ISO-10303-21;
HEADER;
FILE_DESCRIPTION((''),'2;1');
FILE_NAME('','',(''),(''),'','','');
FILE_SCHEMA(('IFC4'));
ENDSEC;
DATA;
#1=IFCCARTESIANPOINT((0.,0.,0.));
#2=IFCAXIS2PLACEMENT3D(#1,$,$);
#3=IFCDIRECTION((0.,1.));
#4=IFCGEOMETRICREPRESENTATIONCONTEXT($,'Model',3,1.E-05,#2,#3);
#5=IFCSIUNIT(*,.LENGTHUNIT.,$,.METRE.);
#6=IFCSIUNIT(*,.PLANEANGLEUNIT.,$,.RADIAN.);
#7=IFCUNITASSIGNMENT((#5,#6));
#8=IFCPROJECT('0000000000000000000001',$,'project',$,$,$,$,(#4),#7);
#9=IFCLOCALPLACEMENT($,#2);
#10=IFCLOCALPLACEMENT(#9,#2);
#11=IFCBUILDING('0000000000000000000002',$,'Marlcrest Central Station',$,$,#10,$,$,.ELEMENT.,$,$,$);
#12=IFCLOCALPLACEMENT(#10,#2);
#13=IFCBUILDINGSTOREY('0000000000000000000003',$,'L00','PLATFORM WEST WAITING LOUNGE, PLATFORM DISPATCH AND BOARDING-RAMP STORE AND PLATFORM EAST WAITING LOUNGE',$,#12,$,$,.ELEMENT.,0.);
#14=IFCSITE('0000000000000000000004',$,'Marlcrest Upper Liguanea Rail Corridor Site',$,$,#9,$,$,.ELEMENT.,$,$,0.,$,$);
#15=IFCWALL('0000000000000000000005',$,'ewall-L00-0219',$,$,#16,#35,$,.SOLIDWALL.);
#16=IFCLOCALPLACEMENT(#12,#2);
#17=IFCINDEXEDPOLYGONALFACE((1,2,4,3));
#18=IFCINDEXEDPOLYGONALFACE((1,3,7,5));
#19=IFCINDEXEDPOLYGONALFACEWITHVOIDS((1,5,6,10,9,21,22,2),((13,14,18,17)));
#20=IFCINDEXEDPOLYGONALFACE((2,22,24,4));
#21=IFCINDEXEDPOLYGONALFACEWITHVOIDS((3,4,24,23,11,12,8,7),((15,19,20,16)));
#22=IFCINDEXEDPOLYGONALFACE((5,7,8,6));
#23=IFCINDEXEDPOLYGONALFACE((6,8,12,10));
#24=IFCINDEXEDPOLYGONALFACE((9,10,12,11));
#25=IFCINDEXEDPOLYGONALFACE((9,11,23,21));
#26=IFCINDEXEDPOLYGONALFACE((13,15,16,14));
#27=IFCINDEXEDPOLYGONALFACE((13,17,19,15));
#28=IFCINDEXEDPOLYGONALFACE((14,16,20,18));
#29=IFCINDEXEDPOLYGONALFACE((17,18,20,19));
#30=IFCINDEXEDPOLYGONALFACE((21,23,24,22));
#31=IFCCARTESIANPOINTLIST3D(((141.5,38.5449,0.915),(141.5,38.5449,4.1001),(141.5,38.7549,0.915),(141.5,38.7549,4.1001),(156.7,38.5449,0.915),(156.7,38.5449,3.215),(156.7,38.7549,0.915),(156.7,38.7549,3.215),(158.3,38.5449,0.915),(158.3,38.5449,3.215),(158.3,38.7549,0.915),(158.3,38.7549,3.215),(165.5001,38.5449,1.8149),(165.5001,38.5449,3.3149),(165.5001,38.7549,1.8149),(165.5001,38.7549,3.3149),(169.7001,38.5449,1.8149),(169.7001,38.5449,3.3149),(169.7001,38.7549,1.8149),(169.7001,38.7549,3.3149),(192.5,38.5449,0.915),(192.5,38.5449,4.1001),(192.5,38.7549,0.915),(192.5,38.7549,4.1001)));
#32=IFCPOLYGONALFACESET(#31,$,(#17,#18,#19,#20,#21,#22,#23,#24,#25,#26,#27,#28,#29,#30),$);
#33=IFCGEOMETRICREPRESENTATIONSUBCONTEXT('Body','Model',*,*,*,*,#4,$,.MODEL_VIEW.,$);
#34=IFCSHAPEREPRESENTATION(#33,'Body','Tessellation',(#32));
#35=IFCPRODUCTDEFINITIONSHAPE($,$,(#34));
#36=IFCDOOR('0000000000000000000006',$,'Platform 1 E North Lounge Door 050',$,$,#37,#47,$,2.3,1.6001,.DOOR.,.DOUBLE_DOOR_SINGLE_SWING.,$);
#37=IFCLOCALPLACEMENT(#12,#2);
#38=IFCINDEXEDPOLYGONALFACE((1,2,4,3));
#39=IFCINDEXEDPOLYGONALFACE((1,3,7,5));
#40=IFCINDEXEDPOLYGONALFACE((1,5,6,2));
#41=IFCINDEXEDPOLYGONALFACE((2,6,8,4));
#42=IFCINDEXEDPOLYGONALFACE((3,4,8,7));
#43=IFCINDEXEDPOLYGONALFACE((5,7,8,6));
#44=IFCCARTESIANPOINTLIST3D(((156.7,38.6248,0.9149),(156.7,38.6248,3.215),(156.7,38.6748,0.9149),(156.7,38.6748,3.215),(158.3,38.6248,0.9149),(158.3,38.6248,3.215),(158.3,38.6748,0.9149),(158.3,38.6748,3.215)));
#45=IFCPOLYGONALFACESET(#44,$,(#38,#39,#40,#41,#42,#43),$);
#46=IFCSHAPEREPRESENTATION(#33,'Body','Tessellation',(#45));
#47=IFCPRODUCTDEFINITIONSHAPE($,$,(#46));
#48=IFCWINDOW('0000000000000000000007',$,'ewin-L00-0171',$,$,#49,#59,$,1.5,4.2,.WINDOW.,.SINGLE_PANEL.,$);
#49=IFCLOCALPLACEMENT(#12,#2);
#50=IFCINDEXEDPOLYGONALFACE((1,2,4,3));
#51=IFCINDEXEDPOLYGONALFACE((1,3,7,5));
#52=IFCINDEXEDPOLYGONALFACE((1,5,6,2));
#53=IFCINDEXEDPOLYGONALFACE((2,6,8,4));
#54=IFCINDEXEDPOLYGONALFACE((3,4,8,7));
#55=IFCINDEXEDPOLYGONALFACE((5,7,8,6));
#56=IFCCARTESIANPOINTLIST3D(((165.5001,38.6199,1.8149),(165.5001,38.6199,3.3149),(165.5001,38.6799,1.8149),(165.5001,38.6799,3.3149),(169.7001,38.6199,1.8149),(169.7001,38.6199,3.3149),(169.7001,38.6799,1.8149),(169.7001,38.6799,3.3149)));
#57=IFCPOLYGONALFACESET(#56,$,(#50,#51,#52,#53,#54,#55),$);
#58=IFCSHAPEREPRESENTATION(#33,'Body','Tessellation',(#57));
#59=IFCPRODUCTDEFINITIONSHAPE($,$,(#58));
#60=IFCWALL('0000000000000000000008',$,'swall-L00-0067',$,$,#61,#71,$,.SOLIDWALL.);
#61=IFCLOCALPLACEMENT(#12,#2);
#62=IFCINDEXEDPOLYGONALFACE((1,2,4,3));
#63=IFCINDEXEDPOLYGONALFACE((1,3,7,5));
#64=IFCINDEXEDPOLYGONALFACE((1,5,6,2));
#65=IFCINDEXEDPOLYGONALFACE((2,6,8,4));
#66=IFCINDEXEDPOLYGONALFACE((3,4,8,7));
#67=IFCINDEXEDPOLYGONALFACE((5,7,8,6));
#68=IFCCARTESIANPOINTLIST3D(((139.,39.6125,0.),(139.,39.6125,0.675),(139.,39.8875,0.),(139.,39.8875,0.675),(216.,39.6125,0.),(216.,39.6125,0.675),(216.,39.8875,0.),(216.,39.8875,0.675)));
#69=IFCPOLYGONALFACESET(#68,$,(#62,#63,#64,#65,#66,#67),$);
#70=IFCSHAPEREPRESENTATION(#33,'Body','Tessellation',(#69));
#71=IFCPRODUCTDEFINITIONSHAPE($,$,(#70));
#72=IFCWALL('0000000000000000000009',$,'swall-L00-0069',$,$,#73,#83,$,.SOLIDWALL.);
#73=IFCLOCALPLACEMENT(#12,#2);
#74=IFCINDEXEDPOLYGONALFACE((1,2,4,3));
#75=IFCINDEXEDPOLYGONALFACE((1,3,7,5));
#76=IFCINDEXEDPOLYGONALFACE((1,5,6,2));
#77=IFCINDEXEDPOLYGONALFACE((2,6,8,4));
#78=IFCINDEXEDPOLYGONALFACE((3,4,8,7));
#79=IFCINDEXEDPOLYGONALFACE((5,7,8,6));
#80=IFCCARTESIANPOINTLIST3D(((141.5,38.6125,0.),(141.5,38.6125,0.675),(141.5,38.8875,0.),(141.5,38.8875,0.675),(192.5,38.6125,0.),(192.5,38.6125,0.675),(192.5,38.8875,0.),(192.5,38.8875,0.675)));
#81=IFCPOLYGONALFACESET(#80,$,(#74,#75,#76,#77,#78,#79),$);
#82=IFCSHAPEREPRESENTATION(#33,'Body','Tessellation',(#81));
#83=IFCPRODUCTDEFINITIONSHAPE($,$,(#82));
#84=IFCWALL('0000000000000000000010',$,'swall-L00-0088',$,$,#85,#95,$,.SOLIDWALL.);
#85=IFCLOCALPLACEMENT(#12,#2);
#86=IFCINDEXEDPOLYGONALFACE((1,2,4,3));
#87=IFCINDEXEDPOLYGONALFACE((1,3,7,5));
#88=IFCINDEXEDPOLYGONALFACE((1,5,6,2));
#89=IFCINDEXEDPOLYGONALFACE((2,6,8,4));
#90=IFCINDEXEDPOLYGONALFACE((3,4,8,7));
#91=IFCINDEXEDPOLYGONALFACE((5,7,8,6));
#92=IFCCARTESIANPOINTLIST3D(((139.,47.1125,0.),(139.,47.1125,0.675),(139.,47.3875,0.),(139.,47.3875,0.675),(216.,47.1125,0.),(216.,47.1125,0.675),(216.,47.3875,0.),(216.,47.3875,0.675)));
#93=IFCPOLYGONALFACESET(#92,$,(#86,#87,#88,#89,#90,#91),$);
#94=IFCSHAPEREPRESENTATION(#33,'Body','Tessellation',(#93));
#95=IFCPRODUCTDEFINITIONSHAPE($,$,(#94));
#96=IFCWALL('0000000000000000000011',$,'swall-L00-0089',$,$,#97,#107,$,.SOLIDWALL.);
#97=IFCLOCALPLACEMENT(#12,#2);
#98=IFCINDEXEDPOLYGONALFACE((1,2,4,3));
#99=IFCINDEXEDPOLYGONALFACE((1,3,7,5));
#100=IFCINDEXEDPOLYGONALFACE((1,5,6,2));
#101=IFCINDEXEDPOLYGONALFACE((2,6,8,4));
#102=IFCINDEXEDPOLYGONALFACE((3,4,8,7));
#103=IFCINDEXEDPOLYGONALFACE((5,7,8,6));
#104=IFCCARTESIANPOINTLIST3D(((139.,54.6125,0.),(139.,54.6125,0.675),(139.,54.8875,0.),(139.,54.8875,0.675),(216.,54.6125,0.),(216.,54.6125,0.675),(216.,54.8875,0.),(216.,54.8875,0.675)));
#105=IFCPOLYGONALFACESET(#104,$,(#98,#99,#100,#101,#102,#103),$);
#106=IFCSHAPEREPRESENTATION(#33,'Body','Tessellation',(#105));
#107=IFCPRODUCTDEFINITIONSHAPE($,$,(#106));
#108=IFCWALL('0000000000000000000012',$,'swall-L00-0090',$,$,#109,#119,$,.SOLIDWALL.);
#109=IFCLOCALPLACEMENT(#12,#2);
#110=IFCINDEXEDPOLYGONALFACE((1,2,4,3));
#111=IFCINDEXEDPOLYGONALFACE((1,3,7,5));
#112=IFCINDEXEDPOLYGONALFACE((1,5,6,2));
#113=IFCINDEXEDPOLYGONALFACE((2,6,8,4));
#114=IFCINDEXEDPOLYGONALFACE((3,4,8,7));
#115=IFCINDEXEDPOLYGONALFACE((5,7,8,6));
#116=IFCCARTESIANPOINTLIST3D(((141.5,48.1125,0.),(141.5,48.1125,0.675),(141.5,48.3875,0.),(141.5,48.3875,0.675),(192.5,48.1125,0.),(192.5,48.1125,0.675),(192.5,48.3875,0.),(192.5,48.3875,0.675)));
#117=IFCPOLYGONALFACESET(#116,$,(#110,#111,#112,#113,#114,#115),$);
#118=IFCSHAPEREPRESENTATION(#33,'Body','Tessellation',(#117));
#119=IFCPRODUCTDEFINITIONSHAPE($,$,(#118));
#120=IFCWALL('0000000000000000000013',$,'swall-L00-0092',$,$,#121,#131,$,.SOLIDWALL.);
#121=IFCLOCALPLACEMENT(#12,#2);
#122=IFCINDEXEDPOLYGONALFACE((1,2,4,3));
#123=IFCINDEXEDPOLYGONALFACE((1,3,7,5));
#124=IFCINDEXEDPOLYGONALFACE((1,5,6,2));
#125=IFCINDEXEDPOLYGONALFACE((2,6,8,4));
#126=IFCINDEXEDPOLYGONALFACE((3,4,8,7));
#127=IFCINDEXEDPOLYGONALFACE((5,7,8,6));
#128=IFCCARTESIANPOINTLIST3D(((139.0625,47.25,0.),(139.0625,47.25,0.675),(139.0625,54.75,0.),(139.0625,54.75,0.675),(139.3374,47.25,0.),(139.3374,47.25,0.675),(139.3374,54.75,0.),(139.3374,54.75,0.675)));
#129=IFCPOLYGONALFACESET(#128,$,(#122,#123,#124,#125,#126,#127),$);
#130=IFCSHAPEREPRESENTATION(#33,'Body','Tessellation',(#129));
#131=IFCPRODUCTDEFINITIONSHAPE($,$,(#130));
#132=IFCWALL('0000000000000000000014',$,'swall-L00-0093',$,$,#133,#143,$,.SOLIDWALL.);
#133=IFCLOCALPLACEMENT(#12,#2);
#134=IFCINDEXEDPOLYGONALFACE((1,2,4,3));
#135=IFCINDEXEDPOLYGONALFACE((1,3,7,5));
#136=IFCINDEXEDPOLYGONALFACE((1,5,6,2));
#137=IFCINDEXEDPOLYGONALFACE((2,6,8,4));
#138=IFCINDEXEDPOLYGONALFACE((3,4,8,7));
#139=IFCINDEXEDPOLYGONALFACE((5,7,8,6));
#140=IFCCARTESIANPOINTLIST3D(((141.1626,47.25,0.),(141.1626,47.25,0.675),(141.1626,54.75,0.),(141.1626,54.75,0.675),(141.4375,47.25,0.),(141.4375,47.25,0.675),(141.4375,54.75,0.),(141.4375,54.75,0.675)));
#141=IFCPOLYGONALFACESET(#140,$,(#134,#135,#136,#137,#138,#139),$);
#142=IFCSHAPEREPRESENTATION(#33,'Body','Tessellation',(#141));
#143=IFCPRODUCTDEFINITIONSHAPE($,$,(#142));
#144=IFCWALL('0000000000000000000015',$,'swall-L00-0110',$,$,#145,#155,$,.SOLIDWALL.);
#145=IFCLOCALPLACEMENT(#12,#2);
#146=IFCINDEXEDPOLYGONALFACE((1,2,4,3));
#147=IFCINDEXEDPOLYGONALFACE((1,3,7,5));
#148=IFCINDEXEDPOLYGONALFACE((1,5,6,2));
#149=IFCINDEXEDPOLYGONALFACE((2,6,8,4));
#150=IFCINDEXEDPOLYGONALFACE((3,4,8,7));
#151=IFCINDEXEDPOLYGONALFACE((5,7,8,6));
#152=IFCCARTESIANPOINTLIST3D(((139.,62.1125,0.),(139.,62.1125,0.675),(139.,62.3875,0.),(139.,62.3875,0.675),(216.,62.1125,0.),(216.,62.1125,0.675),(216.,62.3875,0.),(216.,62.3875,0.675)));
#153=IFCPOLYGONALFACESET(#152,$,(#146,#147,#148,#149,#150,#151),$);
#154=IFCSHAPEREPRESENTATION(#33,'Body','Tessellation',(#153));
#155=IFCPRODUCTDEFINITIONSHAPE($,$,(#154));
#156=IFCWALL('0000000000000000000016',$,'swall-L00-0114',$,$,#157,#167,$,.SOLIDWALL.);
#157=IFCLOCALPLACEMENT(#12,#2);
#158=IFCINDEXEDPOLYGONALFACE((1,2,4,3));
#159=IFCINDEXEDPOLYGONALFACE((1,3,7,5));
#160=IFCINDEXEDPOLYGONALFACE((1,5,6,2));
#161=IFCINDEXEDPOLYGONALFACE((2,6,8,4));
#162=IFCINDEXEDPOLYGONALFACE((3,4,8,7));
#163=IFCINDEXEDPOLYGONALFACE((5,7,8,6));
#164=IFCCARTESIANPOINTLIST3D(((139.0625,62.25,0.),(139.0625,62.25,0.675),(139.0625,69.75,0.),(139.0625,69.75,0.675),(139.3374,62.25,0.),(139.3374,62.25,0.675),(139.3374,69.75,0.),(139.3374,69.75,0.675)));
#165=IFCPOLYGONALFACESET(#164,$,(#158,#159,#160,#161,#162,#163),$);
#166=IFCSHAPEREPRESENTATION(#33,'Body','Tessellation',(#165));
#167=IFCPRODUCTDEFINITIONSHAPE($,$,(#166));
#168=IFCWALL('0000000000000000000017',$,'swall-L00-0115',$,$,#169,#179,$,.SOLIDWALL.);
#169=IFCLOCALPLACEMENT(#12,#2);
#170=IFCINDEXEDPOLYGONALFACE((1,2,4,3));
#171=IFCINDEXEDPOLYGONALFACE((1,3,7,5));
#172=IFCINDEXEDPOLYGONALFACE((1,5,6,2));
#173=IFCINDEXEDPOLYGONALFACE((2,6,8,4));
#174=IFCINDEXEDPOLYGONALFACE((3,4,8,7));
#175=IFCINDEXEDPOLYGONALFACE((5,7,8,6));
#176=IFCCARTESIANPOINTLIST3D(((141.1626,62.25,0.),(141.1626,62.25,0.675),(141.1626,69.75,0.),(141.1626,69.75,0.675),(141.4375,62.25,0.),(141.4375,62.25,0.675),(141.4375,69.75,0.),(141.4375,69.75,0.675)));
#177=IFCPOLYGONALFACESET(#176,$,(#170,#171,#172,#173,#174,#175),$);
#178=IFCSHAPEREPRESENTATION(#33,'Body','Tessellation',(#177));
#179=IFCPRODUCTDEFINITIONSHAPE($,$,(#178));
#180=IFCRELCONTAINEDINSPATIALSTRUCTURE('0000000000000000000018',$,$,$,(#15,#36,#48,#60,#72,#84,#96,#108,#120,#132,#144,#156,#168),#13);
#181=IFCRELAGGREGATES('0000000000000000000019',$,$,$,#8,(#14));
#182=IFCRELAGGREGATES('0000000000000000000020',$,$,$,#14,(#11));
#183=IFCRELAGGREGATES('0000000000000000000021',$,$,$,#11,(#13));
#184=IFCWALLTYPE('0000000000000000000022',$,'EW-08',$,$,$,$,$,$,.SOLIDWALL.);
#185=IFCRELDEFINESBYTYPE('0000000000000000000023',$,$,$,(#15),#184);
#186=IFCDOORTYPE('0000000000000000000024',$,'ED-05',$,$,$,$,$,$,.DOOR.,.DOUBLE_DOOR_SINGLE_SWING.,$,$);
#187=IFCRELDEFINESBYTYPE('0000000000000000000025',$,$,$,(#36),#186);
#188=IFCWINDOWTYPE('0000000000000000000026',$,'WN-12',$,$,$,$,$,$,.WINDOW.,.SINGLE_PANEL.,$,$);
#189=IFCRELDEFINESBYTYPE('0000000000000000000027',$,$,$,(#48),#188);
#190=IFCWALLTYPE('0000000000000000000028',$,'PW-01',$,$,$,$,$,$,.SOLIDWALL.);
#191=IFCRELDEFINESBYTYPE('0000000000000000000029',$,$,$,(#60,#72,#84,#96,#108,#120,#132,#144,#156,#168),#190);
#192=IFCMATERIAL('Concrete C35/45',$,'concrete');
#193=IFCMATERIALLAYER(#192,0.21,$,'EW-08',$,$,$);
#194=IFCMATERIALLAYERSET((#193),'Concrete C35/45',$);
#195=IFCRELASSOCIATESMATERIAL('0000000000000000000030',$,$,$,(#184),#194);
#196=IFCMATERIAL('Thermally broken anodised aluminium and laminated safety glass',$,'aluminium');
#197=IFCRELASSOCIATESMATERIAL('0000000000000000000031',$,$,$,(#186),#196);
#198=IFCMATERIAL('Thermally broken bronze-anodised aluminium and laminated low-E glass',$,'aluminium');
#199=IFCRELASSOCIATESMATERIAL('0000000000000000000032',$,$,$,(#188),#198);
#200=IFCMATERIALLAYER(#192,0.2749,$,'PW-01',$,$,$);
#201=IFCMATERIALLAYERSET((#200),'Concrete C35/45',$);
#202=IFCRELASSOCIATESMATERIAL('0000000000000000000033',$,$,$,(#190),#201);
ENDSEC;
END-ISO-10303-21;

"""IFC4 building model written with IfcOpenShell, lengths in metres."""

from ifc_helpers import new_model, si_unit, direction, frame, frame_2d, origin, place, context, subcontext, project, spatial, rectangle, extrude, material, layer, layer_set, type_object, element, fill, save


model = new_model("IFC4")

# Units and contexts
model_context = context("Model", 3, precision=1e-05, world=origin(), true_north=direction((0.0, 1.0)))
body_context = subcontext(model_context, "Body", "Model", "MODEL_VIEW")
ifc_project = project(units=[si_unit("LENGTHUNIT", "METRE"), si_unit("PLANEANGLEUNIT", "RADIAN")], contexts=[model_context])

# Site, building, storey
site_placement = place(None, origin())
site = spatial("IfcSite", under=ifc_project, at=site_placement, Name="Marlcrest Upper Liguanea Rail Corridor Site", CompositionType="ELEMENT", RefElevation=0.0)
building_placement = place(site_placement, origin())
building = spatial("IfcBuilding", under=site, at=building_placement, Name="Marlcrest Central Station", CompositionType="ELEMENT")
storey_placement = place(building_placement, origin())
storey = spatial("IfcBuildingStorey", under=building, at=storey_placement, Name="L00", Description="PLATFORM WEST WAITING LOUNGE, PLATFORM DISPATCH AND BOARDING-RAMP STORE AND PLATFORM EAST WAITING LOUNGE", CompositionType="ELEMENT", Elevation=0.0)

# Shared definitions
ifc_material_1 = material(Name="Concrete C35/45", Category="concrete")

# Wall, openings, door, window
ifc_layer_1 = layer(ifc_material_1, 0.21, Name="EW-08")
ifc_layer_set_1 = layer_set([ifc_layer_1], Name="Concrete C35/45")
wall_type_1 = type_object("IfcWallType", Name="EW-08", PredefinedType="SOLIDWALL", material=ifc_layer_set_1)
wall_1_placement = place(storey_placement, frame((141.5, 38.6499, 0.915), z_axis=(0.0, 0.0, 1.0), x_axis=(1.0, 0.0, 0.0)))
wall_1 = element("IfcWall", 1, at=wall_1_placement, inside=storey, type_object=wall_type_1, Name="ewall-L00-0219", PredefinedType="SOLIDWALL", context=body_context, shape_type="SweptSolid", body=[
    extrude(rectangle(XDim=51.0, YDim=0.21, at=frame_2d((25.5, 0.0))), origin(), (0.0, 0.0, 1.0), 3.1851),
])
opening_1_placement = place(wall_1_placement, frame((15.2, 0.0, 0.0)))
opening_1 = element("IfcOpeningElement", 2, at=opening_1_placement, cuts=wall_1, PredefinedType="OPENING", context=body_context, shape_type="SweptSolid", body=[
    extrude(rectangle(XDim=1.6001, YDim=2.3, at=frame_2d((0.8, 1.1499))), frame((0.0, 0.115, 0.0), z_axis=(0.0, -1.0, 0.0), x_axis=(1.0, 0.0, 0.0)), (0.0, 0.0, 1.0), 0.23),
])
opening_2_placement = place(wall_1_placement, frame((24.0, 0.0, 0.8999)))
opening_2 = element("IfcOpeningElement", 3, at=opening_2_placement, cuts=wall_1, PredefinedType="OPENING", context=body_context, shape_type="SweptSolid", body=[
    extrude(rectangle(XDim=4.2, YDim=1.5, at=frame_2d((2.1001, 0.75))), frame((0.0, 0.115, 0.0), z_axis=(0.0, -1.0, 0.0), x_axis=(1.0, 0.0, 0.0)), (0.0, 0.0, 1.0), 0.23),
])
ifc_material_2 = material(Name="Thermally broken anodised aluminium and laminated safety glass", Category="aluminium")
door_type = type_object("IfcDoorType", Name="ED-05", OperationType="DOUBLE_DOOR_SINGLE_SWING", PredefinedType="DOOR", material=ifc_material_2)
door_placement = place(opening_1_placement, origin())
door = element("IfcDoor", 4, at=door_placement, inside=storey, type_object=door_type, Name="Platform 1 E North Lounge Door 050", OperationType="DOUBLE_DOOR_SINGLE_SWING", OverallHeight=2.3, OverallWidth=1.6001, PredefinedType="DOOR", context=body_context, shape_type="SweptSolid", body=[
    extrude(rectangle(XDim=1.6001, YDim=2.3, at=frame_2d((0.8, 1.1499))), frame((0.0, 0.0249, 0.0), z_axis=(0.0, -1.0, 0.0), x_axis=(1.0, 0.0, 0.0)), (0.0, 0.0, 1.0), 0.05),
])
fill(opening_1, door)
ifc_material_3 = material(Name="Thermally broken bronze-anodised aluminium and laminated low-E glass", Category="aluminium")
window_type = type_object("IfcWindowType", Name="WN-12", PartitioningType="SINGLE_PANEL", PredefinedType="WINDOW", material=ifc_material_3)
window_placement = place(opening_2_placement, origin())
window = element("IfcWindow", 5, at=window_placement, inside=storey, type_object=window_type, Name="ewin-L00-0171", OverallHeight=1.5, OverallWidth=4.2, PartitioningType="SINGLE_PANEL", PredefinedType="WINDOW", context=body_context, shape_type="SweptSolid", body=[
    extrude(rectangle(XDim=4.2, YDim=1.5, at=frame_2d((2.1001, 0.75))), frame((0.0, 0.03, 0.0), z_axis=(0.0, -1.0, 0.0), x_axis=(1.0, 0.0, 0.0)), (0.0, 0.0, 1.0), 0.0601),
])
fill(opening_2, window)

# Walls
ifc_layer_2 = layer(ifc_material_1, 0.2749, Name="PW-01")
ifc_layer_set_2 = layer_set([ifc_layer_2], Name="Concrete C35/45")
wall_type_2 = type_object("IfcWallType", Name="PW-01", PredefinedType="SOLIDWALL", material=ifc_layer_set_2)
wall_2_placement = place(storey_placement, frame((139.0, 39.75, 0.0), z_axis=(0.0, 0.0, 1.0), x_axis=(1.0, 0.0, 0.0)))
element("IfcWall", 6, at=wall_2_placement, inside=storey, type_object=wall_type_2, Name="swall-L00-0067", PredefinedType="SOLIDWALL", context=body_context, shape_type="SweptSolid", body=[
    extrude(rectangle(XDim=77.0, YDim=0.2749, at=frame_2d((38.5, 0.0))), origin(), (0.0, 0.0, 1.0), 0.675),
])
wall_3_placement = place(storey_placement, frame((141.5, 38.75, 0.0), z_axis=(0.0, 0.0, 1.0), x_axis=(1.0, 0.0, 0.0)))
element("IfcWall", 7, at=wall_3_placement, inside=storey, type_object=wall_type_2, Name="swall-L00-0069", PredefinedType="SOLIDWALL", context=body_context, shape_type="SweptSolid", body=[
    extrude(rectangle(XDim=51.0, YDim=0.2749, at=frame_2d((25.5, 0.0))), origin(), (0.0, 0.0, 1.0), 0.675),
])
for number, where, z_axis, x_axis, name in (
    (8, (139.0, 47.25, 0.0), (0.0, 0.0, 1.0), (1.0, 0.0, 0.0), "swall-L00-0088"),
    (9, (139.0, 54.75, 0.0), (0.0, 0.0, 1.0), (1.0, 0.0, 0.0), "swall-L00-0089"),
):
    element("IfcWall", number, at=place(storey_placement, frame(where, z_axis=z_axis, x_axis=x_axis)), inside=storey, type_object=wall_type_2, Name=name, PredefinedType="SOLIDWALL", context=body_context, shape_type="SweptSolid", body=[
        extrude(rectangle(XDim=77.0, YDim=0.2749, at=frame_2d((38.5, 0.0))), origin(), (0.0, 0.0, 1.0), 0.675),
    ])
wall_4_placement = place(storey_placement, frame((141.5, 48.25, 0.0), z_axis=(0.0, 0.0, 1.0), x_axis=(1.0, 0.0, 0.0)))
element("IfcWall", 10, at=wall_4_placement, inside=storey, type_object=wall_type_2, Name="swall-L00-0090", PredefinedType="SOLIDWALL", context=body_context, shape_type="SweptSolid", body=[
    extrude(rectangle(XDim=51.0, YDim=0.2749, at=frame_2d((25.5, 0.0))), origin(), (0.0, 0.0, 1.0), 0.675),
])
for number, where, z_axis, x_axis, name in (
    (11, (139.2, 47.25, 0.0), (0.0, 0.0, 1.0), (0.0, 1.0, 0.0), "swall-L00-0092"),
    (12, (141.3, 47.25, 0.0), (0.0, 0.0, 1.0), (0.0, 1.0, 0.0), "swall-L00-0093"),
):
    element("IfcWall", number, at=place(storey_placement, frame(where, z_axis=z_axis, x_axis=x_axis)), inside=storey, type_object=wall_type_2, Name=name, PredefinedType="SOLIDWALL", context=body_context, shape_type="SweptSolid", body=[
        extrude(rectangle(XDim=7.5, YDim=0.2749, at=frame_2d((3.75, 0.0))), origin(), (0.0, 0.0, 1.0), 0.675),
    ])
wall_5_placement = place(storey_placement, frame((139.0, 62.25, 0.0), z_axis=(0.0, 0.0, 1.0), x_axis=(1.0, 0.0, 0.0)))
element("IfcWall", 13, at=wall_5_placement, inside=storey, type_object=wall_type_2, Name="swall-L00-0110", PredefinedType="SOLIDWALL", context=body_context, shape_type="SweptSolid", body=[
    extrude(rectangle(XDim=77.0, YDim=0.2749, at=frame_2d((38.5, 0.0))), origin(), (0.0, 0.0, 1.0), 0.675),
])
for number, where, z_axis, x_axis, name in (
    (14, (139.2, 62.25, 0.0), (0.0, 0.0, 1.0), (0.0, 1.0, 0.0), "swall-L00-0114"),
    (15, (141.3, 62.25, 0.0), (0.0, 0.0, 1.0), (0.0, 1.0, 0.0), "swall-L00-0115"),
):
    element("IfcWall", number, at=place(storey_placement, frame(where, z_axis=z_axis, x_axis=x_axis)), inside=storey, type_object=wall_type_2, Name=name, PredefinedType="SOLIDWALL", context=body_context, shape_type="SweptSolid", body=[
        extrude(rectangle(XDim=7.5, YDim=0.2749, at=frame_2d((3.75, 0.0))), origin(), (0.0, 0.0, 1.0), 0.675),
    ])

save(model, "model.ifc")
